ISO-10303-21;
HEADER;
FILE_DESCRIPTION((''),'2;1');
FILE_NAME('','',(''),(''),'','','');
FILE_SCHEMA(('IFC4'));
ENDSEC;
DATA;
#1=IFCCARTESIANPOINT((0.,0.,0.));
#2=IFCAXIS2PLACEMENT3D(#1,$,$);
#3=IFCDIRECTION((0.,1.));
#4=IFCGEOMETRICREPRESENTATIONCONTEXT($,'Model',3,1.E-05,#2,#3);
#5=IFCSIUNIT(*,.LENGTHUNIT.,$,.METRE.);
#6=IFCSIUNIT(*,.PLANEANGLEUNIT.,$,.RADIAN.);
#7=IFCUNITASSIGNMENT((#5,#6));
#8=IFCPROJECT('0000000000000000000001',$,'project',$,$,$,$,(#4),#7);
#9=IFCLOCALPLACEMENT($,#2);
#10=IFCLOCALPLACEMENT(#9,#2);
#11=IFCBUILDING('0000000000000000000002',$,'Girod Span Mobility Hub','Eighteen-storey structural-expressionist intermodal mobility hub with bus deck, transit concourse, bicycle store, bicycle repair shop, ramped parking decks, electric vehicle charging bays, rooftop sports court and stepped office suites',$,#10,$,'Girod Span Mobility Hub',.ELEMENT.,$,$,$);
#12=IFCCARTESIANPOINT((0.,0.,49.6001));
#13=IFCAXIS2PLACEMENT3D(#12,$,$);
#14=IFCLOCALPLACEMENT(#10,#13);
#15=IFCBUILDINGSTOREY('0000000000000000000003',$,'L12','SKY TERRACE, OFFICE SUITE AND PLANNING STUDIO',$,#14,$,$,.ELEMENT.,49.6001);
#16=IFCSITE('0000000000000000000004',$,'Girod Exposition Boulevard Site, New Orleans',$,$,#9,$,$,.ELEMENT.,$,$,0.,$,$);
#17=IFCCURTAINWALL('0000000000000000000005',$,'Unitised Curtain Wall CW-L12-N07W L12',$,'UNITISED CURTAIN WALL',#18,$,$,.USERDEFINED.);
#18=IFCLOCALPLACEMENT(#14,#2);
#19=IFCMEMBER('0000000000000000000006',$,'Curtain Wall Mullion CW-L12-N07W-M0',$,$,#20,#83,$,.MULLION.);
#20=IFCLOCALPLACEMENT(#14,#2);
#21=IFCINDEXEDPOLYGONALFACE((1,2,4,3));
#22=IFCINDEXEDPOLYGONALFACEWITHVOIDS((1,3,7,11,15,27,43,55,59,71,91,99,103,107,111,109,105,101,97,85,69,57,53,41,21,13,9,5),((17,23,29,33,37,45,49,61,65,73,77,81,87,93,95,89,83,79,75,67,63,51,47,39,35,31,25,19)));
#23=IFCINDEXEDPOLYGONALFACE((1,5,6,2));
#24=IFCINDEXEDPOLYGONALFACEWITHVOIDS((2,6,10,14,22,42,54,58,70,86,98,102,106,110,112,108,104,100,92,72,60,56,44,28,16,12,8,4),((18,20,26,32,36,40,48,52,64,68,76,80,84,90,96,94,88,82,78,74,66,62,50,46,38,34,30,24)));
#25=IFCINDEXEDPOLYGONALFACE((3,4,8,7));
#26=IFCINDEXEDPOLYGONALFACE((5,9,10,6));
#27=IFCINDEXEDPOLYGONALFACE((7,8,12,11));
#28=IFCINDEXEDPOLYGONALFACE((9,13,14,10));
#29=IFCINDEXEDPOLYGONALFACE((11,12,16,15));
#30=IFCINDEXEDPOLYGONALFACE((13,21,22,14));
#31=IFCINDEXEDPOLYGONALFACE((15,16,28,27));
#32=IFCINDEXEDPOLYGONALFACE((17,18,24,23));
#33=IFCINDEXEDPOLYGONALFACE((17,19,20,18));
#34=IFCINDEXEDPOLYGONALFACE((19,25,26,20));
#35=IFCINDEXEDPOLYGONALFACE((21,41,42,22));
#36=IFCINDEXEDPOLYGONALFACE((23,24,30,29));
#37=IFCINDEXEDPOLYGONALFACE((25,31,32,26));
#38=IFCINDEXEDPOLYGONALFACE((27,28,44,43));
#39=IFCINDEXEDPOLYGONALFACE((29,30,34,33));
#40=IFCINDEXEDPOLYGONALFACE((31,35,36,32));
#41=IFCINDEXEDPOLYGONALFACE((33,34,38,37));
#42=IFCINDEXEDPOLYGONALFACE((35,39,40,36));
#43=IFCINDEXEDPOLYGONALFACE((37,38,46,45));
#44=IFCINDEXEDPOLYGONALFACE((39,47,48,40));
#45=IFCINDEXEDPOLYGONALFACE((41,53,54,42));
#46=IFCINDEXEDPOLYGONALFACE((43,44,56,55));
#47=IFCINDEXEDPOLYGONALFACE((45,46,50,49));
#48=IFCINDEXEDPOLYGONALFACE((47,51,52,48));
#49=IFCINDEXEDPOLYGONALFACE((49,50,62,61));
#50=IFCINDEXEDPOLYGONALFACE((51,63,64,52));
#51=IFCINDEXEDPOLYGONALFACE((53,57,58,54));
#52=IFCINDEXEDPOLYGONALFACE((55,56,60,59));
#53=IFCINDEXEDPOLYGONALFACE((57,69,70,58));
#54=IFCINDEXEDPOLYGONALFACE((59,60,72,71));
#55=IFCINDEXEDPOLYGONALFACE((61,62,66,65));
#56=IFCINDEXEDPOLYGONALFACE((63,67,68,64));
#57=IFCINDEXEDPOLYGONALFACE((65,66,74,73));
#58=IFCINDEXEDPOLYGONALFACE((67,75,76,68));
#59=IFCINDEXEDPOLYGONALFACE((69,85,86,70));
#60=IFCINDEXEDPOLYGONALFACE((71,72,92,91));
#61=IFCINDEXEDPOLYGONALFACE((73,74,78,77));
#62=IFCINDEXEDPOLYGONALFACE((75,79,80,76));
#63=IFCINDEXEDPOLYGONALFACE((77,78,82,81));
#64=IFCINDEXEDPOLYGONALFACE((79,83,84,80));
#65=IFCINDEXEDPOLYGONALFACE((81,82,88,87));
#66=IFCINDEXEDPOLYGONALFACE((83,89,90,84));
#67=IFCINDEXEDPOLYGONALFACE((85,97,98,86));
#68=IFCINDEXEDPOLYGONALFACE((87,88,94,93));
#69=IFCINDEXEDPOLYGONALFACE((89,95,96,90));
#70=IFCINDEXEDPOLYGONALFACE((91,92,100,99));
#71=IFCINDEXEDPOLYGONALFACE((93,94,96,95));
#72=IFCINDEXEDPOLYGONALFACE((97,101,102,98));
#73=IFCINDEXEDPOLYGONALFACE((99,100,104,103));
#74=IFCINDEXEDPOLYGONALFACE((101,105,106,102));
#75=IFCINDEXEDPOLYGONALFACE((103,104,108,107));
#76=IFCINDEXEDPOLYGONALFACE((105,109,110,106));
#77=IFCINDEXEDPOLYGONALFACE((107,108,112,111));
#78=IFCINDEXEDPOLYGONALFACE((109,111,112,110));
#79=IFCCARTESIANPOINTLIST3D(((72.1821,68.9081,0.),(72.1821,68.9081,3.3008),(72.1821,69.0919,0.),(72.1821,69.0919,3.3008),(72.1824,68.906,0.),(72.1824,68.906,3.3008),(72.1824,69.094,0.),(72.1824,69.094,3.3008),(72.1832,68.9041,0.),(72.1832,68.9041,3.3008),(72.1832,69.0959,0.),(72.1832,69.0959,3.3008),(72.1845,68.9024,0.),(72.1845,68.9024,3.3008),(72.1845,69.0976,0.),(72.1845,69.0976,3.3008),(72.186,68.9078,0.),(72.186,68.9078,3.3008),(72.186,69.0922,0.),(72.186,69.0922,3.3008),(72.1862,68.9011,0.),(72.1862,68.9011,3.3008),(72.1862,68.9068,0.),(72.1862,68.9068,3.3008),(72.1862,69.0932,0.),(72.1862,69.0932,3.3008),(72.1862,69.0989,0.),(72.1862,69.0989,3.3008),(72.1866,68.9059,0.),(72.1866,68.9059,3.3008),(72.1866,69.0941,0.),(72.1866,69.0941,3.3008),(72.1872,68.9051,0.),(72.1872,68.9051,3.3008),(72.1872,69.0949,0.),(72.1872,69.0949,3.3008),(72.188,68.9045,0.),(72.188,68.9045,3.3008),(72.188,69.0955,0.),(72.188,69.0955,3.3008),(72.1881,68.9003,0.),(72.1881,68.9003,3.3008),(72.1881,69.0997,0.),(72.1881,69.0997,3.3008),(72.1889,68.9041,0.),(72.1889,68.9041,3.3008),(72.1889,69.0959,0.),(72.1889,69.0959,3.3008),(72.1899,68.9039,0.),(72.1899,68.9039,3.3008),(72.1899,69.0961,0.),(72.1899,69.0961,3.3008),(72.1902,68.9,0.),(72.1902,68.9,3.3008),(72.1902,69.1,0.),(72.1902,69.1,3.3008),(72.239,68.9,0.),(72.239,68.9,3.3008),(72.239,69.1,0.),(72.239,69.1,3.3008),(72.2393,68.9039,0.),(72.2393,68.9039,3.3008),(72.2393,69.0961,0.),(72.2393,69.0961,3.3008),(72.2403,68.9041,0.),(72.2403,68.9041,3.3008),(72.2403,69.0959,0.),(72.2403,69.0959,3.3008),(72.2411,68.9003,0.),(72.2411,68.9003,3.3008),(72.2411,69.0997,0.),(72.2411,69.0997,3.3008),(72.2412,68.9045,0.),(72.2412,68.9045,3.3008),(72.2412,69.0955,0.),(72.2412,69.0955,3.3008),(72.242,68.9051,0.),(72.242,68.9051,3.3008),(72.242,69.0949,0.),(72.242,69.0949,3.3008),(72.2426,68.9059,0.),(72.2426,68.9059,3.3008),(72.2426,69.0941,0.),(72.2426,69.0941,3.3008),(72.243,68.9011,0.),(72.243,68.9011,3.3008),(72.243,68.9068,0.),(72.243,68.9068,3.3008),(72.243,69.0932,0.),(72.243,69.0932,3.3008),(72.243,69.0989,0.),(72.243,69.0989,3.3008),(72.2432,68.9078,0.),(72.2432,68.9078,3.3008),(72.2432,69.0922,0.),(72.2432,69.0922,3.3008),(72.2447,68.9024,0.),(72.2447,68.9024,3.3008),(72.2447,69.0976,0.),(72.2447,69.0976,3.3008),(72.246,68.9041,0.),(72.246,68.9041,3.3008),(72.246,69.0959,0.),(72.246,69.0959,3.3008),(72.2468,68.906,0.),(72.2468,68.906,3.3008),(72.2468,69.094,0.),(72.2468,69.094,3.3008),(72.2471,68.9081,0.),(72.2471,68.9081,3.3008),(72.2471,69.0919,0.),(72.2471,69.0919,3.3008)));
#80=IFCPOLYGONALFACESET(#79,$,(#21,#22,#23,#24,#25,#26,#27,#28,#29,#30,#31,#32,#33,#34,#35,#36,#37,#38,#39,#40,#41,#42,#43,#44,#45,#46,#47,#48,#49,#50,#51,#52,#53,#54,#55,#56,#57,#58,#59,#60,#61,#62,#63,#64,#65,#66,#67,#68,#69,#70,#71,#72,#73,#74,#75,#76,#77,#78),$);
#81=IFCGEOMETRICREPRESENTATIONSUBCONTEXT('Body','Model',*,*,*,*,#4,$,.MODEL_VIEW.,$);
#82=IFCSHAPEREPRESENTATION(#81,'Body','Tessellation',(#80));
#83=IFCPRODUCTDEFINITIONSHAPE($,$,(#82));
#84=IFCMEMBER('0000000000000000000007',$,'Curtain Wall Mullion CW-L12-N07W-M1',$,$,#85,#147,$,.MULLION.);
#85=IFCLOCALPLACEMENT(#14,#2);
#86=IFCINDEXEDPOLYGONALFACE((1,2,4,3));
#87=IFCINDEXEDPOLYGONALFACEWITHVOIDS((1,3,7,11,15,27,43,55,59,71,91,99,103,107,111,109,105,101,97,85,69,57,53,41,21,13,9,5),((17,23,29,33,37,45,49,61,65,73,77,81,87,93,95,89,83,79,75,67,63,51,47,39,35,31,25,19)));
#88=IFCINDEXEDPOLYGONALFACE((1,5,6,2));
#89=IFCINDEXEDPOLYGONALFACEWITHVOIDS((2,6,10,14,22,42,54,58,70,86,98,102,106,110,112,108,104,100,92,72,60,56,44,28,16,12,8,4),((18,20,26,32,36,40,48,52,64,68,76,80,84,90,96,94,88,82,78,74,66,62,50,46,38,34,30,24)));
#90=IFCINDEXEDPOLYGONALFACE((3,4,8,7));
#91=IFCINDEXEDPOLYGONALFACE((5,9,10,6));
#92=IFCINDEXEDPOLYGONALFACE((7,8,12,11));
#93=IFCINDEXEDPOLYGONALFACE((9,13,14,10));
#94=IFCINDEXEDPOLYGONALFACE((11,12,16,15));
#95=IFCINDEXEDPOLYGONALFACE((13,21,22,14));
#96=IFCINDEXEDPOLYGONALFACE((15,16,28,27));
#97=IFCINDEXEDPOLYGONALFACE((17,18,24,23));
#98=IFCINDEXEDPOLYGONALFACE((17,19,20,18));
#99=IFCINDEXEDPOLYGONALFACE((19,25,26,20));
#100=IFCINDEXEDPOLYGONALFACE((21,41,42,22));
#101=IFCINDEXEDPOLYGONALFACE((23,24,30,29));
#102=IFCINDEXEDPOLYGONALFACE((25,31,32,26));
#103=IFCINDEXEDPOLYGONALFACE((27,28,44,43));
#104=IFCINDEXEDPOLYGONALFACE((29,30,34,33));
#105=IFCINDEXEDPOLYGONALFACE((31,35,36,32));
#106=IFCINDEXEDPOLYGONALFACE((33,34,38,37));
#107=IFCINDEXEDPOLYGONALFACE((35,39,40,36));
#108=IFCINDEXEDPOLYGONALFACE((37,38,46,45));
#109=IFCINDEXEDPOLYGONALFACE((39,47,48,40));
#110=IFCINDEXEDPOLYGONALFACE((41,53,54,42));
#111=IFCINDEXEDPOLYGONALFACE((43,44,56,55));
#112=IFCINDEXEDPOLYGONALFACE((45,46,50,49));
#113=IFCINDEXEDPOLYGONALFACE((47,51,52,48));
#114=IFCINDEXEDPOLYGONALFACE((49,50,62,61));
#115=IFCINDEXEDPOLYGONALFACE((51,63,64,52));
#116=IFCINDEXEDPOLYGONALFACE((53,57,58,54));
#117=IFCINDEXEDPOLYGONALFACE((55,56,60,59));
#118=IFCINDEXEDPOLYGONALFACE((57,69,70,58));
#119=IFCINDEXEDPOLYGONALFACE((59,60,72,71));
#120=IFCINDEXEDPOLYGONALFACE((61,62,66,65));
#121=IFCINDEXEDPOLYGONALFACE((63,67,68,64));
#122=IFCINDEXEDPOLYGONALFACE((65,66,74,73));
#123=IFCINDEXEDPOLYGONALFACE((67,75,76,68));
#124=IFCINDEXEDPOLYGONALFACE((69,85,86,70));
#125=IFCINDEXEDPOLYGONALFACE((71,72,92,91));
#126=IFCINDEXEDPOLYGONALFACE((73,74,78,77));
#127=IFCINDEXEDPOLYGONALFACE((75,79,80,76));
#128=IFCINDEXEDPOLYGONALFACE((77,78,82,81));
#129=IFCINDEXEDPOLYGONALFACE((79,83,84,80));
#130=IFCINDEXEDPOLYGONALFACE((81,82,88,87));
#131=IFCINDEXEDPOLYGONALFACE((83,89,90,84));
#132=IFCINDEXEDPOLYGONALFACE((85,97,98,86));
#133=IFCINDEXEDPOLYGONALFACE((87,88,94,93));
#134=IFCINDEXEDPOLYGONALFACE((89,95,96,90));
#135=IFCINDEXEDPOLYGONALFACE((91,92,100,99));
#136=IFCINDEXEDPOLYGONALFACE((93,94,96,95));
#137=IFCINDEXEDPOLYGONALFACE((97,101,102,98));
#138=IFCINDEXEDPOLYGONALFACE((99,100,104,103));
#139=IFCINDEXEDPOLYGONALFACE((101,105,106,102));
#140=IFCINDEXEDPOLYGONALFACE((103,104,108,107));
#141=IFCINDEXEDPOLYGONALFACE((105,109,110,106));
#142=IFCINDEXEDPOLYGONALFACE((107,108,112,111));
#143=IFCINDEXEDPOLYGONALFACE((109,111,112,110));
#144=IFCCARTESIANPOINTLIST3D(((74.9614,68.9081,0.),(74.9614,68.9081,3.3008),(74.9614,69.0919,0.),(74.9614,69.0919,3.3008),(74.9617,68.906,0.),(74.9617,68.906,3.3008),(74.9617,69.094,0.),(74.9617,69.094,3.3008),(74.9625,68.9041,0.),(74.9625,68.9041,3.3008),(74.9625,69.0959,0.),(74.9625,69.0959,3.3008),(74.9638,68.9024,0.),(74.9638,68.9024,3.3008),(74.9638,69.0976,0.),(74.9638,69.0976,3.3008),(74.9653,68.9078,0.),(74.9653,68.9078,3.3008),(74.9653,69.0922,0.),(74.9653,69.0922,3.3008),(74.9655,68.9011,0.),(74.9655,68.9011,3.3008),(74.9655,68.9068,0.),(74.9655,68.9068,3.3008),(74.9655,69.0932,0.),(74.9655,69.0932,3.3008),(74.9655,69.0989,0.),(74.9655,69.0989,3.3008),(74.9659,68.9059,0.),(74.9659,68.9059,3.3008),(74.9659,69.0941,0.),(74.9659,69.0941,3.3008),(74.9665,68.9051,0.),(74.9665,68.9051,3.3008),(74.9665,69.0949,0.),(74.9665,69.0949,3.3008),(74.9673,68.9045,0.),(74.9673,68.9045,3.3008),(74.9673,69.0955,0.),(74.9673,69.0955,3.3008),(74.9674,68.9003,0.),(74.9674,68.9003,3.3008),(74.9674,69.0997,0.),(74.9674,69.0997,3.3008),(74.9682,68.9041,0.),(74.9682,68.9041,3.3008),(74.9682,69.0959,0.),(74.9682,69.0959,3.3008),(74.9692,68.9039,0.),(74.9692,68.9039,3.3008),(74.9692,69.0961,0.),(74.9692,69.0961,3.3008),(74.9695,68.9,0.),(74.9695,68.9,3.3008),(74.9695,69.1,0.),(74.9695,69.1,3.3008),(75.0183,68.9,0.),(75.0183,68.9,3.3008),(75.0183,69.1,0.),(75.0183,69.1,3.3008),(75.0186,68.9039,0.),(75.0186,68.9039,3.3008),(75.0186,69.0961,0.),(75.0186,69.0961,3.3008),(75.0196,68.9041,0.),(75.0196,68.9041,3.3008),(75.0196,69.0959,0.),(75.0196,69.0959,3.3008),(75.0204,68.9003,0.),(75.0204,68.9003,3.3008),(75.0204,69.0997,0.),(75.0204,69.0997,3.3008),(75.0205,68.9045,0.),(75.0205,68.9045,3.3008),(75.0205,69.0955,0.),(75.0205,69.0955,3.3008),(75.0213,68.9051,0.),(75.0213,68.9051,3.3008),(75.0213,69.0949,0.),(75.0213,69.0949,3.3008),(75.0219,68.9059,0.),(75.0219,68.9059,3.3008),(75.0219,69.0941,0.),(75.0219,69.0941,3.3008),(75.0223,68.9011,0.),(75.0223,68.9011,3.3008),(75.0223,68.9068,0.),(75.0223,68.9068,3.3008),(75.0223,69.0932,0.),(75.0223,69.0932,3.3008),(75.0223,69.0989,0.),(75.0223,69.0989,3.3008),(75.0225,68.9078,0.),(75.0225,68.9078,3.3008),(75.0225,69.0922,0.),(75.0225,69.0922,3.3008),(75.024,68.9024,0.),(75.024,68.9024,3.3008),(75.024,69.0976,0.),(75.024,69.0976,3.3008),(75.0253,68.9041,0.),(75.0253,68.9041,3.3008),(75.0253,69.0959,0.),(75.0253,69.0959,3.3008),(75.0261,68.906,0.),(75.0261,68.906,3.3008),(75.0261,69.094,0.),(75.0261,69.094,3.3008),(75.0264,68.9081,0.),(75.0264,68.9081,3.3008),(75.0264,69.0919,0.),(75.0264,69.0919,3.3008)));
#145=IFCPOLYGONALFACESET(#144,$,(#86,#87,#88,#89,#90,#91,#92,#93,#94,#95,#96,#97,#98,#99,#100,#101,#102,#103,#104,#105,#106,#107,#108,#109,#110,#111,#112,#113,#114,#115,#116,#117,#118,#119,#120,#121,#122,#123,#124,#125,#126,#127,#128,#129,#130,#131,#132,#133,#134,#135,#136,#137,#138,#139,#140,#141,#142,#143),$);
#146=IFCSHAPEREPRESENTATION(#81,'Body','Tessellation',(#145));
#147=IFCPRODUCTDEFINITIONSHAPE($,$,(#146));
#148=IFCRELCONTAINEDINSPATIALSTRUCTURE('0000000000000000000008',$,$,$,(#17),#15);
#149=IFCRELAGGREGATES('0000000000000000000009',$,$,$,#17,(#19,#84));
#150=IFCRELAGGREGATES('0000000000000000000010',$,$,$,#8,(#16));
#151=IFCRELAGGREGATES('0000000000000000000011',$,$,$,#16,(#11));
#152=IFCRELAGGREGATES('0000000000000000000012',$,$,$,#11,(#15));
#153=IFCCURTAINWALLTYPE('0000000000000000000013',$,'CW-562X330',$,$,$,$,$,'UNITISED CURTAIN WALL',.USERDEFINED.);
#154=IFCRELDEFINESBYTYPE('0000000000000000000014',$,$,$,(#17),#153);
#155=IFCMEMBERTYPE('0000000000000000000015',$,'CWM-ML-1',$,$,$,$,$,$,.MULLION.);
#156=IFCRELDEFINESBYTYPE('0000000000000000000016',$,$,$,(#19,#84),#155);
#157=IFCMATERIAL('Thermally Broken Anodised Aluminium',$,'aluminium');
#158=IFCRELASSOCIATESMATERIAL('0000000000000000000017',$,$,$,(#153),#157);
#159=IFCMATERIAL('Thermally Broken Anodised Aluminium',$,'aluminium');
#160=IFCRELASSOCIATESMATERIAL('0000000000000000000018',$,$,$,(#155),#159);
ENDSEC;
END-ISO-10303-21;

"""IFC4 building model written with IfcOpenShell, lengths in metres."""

from ifc_helpers import new_model, si_unit, direction, frame, origin, origin_2d, place, context, subcontext, project, spatial, hollow_rectangle, extrude, material, material_profile, profile_set, type_object, element, aggregate, save


model = new_model("IFC4")

# Units and contexts
model_context = context("Model", 3, precision=1e-05, world=origin(), true_north=direction((0.0, 1.0)))
body_context = subcontext(model_context, "Body", "Model", "MODEL_VIEW")
ifc_project = project(units=[si_unit("LENGTHUNIT", "METRE"), si_unit("PLANEANGLEUNIT", "RADIAN")], contexts=[model_context])

# Site, building, storey
site_placement = place(None, origin())
site = spatial("IfcSite", under=ifc_project, at=site_placement, Name="Girod Exposition Boulevard Site, New Orleans", CompositionType="ELEMENT", RefElevation=0.0)
building_placement = place(site_placement, origin())
building = spatial("IfcBuilding", under=site, at=building_placement, Name="Girod Span Mobility Hub", Description="Eighteen-storey structural-expressionist intermodal mobility hub with bus deck, transit concourse, bicycle store, bicycle repair shop, ramped parking decks, electric vehicle charging bays, rooftop sports court and stepped office suites", LongName="Girod Span Mobility Hub", CompositionType="ELEMENT")
storey_placement = place(building_placement, frame((0.0, 0.0, 49.6001)))
storey = spatial("IfcBuildingStorey", under=building, at=storey_placement, Name="L12", Description="SKY TERRACE, OFFICE SUITE AND PLANNING STUDIO", CompositionType="ELEMENT", Elevation=49.6001)

# Curtain wall, members
ifc_material_1 = material(Name="Thermally Broken Anodised Aluminium", Category="aluminium")
curtain_wall_type = type_object("IfcCurtainWallType", Name="CW-562X330", ElementType="UNITISED CURTAIN WALL", PredefinedType="USERDEFINED", material=ifc_material_1)
ifc_material_2 = material(Name="Thermally Broken Anodised Aluminium", Category="aluminium")
ifc_material_profile_1 = material_profile(ifc_material_2, hollow_rectangle(XDim=0.2, YDim=0.0649, WallThickness=0.0039, InnerFilletRadius=0.0039, OuterFilletRadius=0.0081, at=origin_2d()), Name="CW-ML-65X200")
ifc_profile_set_1 = profile_set([ifc_material_profile_1], Name="Thermally Broken Anodised Aluminium")
member_type_1 = type_object("IfcMemberType", Name="CWM-ML-1", PredefinedType="MULLION", material=ifc_profile_set_1)
curtain_wall_1_placement = place(storey_placement, origin())
curtain_wall_1 = element("IfcCurtainWall", 1, at=curtain_wall_1_placement, inside=storey, type_object=curtain_wall_type, Name="Unitised Curtain Wall CW-L12-N07W L12", ObjectType="UNITISED CURTAIN WALL", PredefinedType="USERDEFINED")
member_1_placement = place(storey_placement, frame((72.2146, 69.0, 0.0), z_axis=(0.0, 0.0, 1.0), x_axis=(0.0, 1.0, 0.0)))
member_1 = element("IfcMember", 2, at=member_1_placement, type_object=member_type_1, Name="Curtain Wall Mullion CW-L12-N07W-M0", PredefinedType="MULLION", context=body_context, shape_type="SweptSolid", body=[
    extrude(hollow_rectangle(XDim=0.2, YDim=0.0649, WallThickness=0.0039, InnerFilletRadius=0.0039, OuterFilletRadius=0.0081, at=origin_2d()), origin(), (0.0, 0.0, 1.0), 3.3008),
])
member_2_placement = place(storey_placement, frame((74.9939, 69.0, 0.0), z_axis=(0.0, 0.0, 1.0), x_axis=(0.0, 1.0, 0.0)))
member_2 = element("IfcMember", 3, at=member_2_placement, type_object=member_type_1, Name="Curtain Wall Mullion CW-L12-N07W-M1", PredefinedType="MULLION", context=body_context, shape_type="SweptSolid", body=[
    extrude(hollow_rectangle(XDim=0.2, YDim=0.0649, WallThickness=0.0039, InnerFilletRadius=0.0039, OuterFilletRadius=0.0081, at=origin_2d()), origin(), (0.0, 0.0, 1.0), 3.3008),
])

aggregate(curtain_wall_1, [member_1, member_2])

save(model, "model.ifc")
